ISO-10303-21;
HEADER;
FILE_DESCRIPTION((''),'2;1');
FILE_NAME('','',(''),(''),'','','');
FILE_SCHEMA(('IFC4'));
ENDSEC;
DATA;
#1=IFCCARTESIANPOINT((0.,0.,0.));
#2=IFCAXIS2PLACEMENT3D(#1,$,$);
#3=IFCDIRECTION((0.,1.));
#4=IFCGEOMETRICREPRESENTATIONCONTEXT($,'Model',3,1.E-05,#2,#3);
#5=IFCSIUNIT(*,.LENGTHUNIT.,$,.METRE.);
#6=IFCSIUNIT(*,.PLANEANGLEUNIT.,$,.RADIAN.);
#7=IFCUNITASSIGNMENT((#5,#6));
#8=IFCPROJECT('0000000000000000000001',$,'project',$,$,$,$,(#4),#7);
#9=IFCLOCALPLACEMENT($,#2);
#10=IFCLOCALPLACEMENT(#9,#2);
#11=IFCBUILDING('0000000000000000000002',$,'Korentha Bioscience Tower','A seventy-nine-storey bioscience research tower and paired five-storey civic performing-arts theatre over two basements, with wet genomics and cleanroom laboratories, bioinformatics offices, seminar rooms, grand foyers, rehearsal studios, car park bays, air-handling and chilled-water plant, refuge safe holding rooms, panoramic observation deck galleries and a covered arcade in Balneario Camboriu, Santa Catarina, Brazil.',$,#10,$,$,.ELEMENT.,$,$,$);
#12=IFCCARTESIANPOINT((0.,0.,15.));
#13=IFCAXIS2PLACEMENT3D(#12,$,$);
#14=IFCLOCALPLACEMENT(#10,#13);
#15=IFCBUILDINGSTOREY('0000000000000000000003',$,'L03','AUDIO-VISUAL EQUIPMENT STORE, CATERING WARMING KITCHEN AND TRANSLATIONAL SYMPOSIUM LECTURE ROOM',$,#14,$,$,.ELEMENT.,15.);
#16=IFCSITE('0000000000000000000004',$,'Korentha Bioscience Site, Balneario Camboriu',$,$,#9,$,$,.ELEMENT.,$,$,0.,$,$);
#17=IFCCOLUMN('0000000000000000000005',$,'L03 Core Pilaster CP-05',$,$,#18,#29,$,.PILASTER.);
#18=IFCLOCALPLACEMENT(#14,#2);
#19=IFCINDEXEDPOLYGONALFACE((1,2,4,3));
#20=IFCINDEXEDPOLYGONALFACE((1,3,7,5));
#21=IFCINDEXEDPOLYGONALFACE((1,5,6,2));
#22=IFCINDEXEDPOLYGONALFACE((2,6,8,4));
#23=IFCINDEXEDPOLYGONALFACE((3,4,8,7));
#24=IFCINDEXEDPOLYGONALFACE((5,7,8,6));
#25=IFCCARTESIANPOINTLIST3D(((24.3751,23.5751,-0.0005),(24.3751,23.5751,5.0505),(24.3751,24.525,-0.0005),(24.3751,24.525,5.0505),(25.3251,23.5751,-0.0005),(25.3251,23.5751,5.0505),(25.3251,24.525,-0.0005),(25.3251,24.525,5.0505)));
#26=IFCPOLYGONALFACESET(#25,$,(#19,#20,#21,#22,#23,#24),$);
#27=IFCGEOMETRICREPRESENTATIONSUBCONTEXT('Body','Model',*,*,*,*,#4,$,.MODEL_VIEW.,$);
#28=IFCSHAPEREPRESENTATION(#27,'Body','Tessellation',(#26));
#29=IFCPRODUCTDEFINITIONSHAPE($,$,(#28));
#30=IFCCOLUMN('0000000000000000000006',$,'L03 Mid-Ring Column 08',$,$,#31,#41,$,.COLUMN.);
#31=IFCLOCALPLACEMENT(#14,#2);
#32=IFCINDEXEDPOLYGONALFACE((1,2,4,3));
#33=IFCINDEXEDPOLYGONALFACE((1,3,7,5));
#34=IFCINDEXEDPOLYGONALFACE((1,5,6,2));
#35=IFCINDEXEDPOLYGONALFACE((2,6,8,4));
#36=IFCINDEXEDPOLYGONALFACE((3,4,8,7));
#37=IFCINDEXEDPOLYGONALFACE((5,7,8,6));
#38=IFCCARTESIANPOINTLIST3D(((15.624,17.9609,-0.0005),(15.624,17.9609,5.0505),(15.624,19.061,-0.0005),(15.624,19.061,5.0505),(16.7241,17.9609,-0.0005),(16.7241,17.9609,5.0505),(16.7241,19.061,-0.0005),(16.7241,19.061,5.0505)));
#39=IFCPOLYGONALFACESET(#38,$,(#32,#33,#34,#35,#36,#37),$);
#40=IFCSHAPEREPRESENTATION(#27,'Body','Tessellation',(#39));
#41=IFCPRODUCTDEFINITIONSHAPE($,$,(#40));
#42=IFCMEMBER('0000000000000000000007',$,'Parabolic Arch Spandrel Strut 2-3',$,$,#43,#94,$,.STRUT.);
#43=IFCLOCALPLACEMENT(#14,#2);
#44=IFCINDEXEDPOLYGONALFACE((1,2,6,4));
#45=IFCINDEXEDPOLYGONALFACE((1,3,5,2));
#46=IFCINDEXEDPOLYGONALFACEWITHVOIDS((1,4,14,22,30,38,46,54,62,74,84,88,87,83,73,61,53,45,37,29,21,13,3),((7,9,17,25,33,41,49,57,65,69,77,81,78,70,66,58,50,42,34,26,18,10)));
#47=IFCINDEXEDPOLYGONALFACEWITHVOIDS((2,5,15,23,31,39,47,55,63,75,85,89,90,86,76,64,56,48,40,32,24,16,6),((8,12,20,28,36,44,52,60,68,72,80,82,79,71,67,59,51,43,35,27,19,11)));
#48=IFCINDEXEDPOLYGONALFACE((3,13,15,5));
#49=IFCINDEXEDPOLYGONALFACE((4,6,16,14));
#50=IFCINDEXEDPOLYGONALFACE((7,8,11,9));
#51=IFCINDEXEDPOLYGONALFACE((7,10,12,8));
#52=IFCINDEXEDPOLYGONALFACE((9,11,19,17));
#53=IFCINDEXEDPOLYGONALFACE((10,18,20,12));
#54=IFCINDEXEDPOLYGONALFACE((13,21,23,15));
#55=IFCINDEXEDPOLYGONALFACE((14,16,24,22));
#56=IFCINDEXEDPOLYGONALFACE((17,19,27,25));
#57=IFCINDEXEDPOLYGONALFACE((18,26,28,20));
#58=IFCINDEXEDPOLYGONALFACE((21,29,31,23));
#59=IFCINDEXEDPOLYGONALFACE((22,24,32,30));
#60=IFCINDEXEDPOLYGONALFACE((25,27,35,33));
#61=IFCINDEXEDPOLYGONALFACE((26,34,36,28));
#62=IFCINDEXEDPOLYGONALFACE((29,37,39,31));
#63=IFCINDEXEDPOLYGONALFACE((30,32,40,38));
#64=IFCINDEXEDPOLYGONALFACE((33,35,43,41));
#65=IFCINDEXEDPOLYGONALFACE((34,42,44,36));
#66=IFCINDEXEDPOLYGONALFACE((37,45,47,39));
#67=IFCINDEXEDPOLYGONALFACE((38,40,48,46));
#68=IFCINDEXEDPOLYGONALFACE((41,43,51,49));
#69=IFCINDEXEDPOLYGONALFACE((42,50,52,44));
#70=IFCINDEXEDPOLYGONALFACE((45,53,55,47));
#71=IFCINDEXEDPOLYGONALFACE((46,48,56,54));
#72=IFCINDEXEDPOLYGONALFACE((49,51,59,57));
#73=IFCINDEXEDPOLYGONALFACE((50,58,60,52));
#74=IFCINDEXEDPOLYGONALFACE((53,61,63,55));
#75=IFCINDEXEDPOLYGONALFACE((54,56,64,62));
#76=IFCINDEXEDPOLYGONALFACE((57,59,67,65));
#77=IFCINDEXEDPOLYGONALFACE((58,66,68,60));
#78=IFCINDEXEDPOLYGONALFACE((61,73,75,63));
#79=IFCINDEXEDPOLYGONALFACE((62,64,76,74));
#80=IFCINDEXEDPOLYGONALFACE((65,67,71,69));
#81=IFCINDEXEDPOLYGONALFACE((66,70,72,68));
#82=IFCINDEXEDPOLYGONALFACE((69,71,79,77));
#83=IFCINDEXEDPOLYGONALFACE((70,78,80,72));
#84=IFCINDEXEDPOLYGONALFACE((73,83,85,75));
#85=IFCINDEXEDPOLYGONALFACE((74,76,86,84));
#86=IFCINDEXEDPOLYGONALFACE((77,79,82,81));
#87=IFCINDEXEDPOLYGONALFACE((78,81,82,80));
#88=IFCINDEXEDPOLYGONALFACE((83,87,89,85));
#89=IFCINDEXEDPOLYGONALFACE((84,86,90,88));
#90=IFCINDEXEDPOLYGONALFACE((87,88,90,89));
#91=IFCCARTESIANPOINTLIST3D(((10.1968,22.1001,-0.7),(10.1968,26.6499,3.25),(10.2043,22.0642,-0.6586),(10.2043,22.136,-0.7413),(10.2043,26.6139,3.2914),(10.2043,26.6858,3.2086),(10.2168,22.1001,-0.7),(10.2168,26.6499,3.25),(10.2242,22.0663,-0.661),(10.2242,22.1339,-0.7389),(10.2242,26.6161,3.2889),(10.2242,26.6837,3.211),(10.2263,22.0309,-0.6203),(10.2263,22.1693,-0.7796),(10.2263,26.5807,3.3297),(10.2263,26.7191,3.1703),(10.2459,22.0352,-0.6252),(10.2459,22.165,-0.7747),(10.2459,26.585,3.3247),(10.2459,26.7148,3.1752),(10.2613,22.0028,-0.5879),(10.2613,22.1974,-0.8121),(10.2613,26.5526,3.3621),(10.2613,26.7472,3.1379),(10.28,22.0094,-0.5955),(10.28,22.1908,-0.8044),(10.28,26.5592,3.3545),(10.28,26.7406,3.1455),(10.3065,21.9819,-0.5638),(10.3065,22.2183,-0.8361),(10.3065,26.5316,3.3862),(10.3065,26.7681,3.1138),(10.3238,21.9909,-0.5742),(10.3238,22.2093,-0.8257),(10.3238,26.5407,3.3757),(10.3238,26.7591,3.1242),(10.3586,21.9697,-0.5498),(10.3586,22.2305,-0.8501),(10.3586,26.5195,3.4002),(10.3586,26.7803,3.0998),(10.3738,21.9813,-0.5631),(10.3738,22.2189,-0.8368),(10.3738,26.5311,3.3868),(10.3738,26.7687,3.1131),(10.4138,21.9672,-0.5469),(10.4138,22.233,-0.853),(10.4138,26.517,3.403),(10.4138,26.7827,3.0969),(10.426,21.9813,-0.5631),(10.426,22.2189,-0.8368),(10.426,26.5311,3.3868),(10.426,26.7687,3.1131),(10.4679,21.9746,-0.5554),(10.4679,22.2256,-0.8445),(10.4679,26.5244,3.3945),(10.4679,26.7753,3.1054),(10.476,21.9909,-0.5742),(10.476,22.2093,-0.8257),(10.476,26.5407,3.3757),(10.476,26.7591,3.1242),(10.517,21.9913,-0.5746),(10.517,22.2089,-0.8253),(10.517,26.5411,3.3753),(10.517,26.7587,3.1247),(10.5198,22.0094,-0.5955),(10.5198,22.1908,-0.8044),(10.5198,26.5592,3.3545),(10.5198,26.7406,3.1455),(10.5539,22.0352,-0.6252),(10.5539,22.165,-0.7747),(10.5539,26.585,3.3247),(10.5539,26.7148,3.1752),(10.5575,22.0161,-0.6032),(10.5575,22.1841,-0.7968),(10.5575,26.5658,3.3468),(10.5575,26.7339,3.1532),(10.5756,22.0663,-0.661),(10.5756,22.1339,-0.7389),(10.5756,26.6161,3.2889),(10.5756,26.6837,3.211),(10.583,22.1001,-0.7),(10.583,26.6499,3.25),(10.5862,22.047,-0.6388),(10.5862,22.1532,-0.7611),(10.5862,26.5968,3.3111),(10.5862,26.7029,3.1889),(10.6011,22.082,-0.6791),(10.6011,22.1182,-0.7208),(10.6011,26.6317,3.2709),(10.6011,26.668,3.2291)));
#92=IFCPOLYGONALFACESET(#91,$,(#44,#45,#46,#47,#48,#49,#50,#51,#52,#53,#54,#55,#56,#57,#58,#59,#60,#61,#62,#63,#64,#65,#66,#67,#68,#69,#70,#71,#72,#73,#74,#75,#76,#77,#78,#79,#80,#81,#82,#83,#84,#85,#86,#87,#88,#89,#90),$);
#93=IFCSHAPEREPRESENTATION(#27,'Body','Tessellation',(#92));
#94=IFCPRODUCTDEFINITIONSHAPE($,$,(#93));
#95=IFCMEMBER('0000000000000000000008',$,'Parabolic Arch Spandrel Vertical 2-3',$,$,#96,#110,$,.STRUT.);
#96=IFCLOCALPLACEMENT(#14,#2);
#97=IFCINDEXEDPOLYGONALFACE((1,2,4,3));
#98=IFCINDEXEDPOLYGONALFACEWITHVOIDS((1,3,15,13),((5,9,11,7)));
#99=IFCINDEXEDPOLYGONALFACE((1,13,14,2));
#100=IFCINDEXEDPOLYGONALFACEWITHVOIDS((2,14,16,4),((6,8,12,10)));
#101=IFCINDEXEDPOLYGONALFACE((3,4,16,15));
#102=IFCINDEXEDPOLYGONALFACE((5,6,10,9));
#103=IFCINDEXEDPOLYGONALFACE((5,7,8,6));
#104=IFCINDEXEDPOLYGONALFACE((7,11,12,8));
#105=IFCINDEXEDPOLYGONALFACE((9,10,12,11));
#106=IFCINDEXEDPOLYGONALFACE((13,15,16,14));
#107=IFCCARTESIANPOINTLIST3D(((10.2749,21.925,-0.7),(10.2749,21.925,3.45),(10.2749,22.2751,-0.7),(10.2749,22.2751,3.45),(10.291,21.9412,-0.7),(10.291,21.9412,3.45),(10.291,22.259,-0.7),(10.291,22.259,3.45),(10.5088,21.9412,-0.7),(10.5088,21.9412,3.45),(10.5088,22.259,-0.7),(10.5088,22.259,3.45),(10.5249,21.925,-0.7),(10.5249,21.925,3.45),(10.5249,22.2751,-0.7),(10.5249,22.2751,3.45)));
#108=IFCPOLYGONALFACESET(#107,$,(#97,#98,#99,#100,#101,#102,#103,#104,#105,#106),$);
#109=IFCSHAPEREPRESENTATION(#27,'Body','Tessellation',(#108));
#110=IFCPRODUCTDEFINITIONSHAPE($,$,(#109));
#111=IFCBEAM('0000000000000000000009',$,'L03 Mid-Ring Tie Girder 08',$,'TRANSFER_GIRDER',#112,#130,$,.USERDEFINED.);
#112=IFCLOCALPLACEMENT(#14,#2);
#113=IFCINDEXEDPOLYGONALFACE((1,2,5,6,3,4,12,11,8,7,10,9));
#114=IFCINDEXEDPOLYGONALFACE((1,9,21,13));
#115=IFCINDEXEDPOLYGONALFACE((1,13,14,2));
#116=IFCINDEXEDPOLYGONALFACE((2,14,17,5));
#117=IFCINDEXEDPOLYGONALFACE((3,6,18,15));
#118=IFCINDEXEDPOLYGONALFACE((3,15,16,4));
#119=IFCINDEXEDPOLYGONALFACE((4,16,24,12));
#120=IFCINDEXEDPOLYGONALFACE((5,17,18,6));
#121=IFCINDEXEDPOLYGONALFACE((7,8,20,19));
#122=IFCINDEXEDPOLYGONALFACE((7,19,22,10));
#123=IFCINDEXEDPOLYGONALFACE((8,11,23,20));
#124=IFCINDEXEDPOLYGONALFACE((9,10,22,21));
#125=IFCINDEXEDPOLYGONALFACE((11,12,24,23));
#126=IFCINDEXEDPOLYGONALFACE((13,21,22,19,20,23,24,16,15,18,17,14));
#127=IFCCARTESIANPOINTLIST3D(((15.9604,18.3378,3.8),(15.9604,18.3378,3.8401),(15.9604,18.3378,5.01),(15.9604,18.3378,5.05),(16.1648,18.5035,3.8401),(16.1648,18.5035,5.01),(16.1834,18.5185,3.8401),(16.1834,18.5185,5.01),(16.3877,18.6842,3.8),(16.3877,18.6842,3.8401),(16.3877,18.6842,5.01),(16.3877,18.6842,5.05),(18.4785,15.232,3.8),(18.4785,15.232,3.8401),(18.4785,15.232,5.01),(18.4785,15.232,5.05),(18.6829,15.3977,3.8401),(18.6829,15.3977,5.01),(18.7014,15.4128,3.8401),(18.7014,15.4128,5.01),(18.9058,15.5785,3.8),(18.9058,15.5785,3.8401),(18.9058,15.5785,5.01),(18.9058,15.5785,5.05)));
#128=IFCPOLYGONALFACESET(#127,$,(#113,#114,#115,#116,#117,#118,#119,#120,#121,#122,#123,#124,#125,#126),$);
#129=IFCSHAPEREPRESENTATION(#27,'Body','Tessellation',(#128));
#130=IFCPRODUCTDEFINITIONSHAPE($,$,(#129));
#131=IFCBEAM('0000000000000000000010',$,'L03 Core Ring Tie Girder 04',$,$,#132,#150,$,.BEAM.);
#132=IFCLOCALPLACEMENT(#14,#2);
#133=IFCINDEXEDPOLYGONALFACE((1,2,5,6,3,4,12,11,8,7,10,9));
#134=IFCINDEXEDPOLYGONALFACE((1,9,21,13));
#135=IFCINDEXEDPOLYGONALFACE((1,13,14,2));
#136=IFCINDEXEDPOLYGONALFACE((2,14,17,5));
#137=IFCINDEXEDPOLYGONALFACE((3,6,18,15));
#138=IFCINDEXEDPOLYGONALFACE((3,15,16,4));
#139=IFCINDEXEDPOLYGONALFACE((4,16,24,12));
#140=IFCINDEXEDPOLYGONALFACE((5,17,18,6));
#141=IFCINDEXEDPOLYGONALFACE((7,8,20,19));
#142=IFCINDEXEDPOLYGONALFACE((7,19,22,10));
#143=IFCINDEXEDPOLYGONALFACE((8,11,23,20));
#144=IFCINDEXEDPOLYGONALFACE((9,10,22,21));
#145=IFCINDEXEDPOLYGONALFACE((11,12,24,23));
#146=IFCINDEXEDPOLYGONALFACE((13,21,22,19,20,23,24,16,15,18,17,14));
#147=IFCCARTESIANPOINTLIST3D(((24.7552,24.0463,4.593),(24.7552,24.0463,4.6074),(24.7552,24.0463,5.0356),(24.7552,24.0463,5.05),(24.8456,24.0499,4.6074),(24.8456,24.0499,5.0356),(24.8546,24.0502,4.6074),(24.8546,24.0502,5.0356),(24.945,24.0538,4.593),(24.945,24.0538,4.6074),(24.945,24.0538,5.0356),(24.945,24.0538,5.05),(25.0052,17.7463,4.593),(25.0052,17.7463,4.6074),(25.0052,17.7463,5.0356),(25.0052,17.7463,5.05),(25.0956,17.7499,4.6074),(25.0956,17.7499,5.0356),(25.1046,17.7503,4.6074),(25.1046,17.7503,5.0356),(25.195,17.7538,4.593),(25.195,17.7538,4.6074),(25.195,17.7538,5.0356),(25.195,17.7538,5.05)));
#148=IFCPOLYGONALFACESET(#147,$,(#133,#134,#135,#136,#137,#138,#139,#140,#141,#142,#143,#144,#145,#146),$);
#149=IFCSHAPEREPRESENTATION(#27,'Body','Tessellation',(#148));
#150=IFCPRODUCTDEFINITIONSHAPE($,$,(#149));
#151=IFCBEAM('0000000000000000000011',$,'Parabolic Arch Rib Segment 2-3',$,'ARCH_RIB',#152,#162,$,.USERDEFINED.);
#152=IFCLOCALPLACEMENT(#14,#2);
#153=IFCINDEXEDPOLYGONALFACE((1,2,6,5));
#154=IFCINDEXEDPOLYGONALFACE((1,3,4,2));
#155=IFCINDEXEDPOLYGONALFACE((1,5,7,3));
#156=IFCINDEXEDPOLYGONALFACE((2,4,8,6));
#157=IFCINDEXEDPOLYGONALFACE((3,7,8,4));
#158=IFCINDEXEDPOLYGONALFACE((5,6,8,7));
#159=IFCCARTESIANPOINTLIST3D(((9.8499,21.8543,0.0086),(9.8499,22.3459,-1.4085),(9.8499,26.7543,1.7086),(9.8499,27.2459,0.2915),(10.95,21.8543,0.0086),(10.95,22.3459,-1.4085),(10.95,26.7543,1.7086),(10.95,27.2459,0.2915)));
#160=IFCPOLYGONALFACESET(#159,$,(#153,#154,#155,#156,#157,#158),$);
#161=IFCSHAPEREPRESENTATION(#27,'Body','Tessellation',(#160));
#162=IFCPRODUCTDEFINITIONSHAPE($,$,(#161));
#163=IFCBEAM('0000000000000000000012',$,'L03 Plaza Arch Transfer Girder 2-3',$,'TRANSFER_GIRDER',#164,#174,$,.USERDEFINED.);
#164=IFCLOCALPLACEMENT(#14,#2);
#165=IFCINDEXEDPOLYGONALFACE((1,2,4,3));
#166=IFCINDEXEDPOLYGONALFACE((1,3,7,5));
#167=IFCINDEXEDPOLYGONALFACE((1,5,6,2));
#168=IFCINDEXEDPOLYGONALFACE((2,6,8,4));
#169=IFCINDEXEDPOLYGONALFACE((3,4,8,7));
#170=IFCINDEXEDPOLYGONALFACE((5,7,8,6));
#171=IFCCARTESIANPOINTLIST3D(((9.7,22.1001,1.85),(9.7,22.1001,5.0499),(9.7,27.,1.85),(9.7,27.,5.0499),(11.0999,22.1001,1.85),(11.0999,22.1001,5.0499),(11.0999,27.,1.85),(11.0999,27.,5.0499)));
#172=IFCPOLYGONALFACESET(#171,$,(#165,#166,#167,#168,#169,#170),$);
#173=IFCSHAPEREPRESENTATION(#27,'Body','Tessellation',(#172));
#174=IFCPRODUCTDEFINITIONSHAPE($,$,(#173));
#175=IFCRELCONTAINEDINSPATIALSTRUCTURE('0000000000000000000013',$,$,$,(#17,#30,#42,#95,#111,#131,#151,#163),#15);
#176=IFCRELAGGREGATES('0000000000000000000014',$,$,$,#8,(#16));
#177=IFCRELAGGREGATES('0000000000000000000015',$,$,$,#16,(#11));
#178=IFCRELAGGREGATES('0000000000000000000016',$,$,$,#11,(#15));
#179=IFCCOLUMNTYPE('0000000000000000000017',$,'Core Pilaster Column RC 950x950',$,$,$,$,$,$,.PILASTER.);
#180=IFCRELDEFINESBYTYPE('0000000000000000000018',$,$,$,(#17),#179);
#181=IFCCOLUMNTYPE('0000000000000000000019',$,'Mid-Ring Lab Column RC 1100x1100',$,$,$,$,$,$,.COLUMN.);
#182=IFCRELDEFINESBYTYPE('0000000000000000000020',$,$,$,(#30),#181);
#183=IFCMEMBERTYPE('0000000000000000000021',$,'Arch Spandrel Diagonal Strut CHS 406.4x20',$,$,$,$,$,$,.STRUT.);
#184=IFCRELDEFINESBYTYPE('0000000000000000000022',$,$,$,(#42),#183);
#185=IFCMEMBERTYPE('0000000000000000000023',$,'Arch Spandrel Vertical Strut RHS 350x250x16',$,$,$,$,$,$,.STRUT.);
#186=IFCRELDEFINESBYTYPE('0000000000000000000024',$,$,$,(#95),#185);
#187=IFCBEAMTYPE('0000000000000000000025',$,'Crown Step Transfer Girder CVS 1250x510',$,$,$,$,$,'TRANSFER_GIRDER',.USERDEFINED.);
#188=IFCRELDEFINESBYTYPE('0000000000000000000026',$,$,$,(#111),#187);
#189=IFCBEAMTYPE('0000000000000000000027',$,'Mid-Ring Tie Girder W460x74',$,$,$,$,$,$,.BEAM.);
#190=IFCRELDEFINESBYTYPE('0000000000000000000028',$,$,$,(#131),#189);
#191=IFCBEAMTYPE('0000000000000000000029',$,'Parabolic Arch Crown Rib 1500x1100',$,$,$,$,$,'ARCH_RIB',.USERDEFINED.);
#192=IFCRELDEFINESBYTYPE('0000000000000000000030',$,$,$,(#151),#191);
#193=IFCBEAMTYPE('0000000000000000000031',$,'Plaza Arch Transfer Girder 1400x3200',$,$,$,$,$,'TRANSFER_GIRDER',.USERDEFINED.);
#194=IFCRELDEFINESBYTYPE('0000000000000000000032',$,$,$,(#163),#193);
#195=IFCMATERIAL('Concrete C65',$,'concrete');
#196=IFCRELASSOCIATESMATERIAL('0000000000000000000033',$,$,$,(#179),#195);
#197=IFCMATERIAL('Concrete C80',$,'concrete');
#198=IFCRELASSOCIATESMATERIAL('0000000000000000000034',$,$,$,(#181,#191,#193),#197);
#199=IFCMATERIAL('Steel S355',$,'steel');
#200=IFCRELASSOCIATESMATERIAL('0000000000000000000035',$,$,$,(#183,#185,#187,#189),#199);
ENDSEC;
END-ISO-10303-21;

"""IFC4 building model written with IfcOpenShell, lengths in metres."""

from ifc_helpers import new_model, si_unit, direction, frame, origin, origin_2d, place, context, subcontext, project, spatial, rectangle, hollow_rectangle, hollow_circle, i_section, extrude, material, material_profile, profile_set, type_object, element, save


model = new_model("IFC4")

# Units and contexts
model_context = context("Model", 3, precision=1e-05, world=origin(), true_north=direction((0.0, 1.0)))
body_context = subcontext(model_context, "Body", "Model", "MODEL_VIEW")
ifc_project = project(units=[si_unit("LENGTHUNIT", "METRE"), si_unit("PLANEANGLEUNIT", "RADIAN")], contexts=[model_context])

# Site, building, storey
site_placement = place(None, origin())
site = spatial("IfcSite", under=ifc_project, at=site_placement, Name="Korentha Bioscience Site, Balneario Camboriu", CompositionType="ELEMENT", RefElevation=0.0)
building_placement = place(site_placement, origin())
building = spatial("IfcBuilding", under=site, at=building_placement, Name="Korentha Bioscience Tower", Description="A seventy-nine-storey bioscience research tower and paired five-storey civic performing-arts theatre over two basements, with wet genomics and cleanroom laboratories, bioinformatics offices, seminar rooms, grand foyers, rehearsal studios, car park bays, air-handling and chilled-water plant, refuge safe holding rooms, panoramic observation deck galleries and a covered arcade in Balneario Camboriu, Santa Catarina, Brazil.", CompositionType="ELEMENT")
storey_placement = place(building_placement, frame((0.0, 0.0, 15.0)))
storey = spatial("IfcBuildingStorey", under=building, at=storey_placement, Name="L03", Description="AUDIO-VISUAL EQUIPMENT STORE, CATERING WARMING KITCHEN AND TRANSLATIONAL SYMPOSIUM LECTURE ROOM", CompositionType="ELEMENT", Elevation=15.0)

# Columns
ifc_material_1 = material(Name="Concrete C65", Category="concrete")
ifc_material_profile_1 = material_profile(ifc_material_1, rectangle(XDim=0.95, YDim=0.95, at=origin_2d()), Name="Concrete C65")
ifc_profile_set_1 = profile_set([ifc_material_profile_1], Name="Concrete C65 (COL-CP09)")
column_type_1 = type_object("IfcColumnType", Name="Core Pilaster Column RC 950x950", PredefinedType="PILASTER", material=ifc_profile_set_1)
column_1_placement = place(storey_placement, frame((24.8501, 24.05, -0.0005), z_axis=(0.0, 0.0, 1.0), x_axis=(1.0, 0.0, 0.0)))
element("IfcColumn", 1, at=column_1_placement, inside=storey, type_object=column_type_1, Name="L03 Core Pilaster CP-05", PredefinedType="PILASTER", context=body_context, shape_type="SweptSolid", body=[
    extrude(rectangle(XDim=0.95, YDim=0.95, at=origin_2d()), origin(), (0.0, 0.0, 1.0), 5.051),
])
ifc_material_2 = material(Name="Concrete C80", Category="concrete")
ifc_material_profile_2 = material_profile(ifc_material_2, rectangle(XDim=1.1001, YDim=1.1001, at=origin_2d()), Name="Concrete C80")
ifc_profile_set_2 = profile_set([ifc_material_profile_2], Name="Concrete C80 (COL-MR11)")
column_type_2 = type_object("IfcColumnType", Name="Mid-Ring Lab Column RC 1100x1100", PredefinedType="COLUMN", material=ifc_profile_set_2)
column_2_placement = place(storey_placement, frame((16.1741, 18.511, -0.0005), z_axis=(0.0, 0.0, 1.0), x_axis=(1.0, 0.0, 0.0)))
element("IfcColumn", 2, at=column_2_placement, inside=storey, type_object=column_type_2, Name="L03 Mid-Ring Column 08", PredefinedType="COLUMN", context=body_context, shape_type="SweptSolid", body=[
    extrude(rectangle(XDim=1.1001, YDim=1.1001, at=origin_2d()), origin(), (0.0, 0.0, 1.0), 5.051),
])

# Members
ifc_material_3 = material(Name="Steel S355", Category="steel")
ifc_material_profile_3 = material_profile(ifc_material_3, hollow_circle(Radius=0.2031, WallThickness=0.02, at=origin_2d()), Name="Steel S355")
ifc_profile_set_3 = profile_set([ifc_material_profile_3], Name="Steel S355 (AR-ST406)")
member_type_1 = type_object("IfcMemberType", Name="Arch Spandrel Diagonal Strut CHS 406.4x20", PredefinedType="STRUT", material=ifc_profile_set_3)
member_1_placement = place(storey_placement, frame((10.3999, 22.1001, -0.7), z_axis=(0.0, 0.755131, 0.655574), x_axis=(-1.0, 0.0, 0.0)))
element("IfcMember", 3, at=member_1_placement, inside=storey, type_object=member_type_1, Name="Parabolic Arch Spandrel Strut 2-3", PredefinedType="STRUT", context=body_context, shape_type="SweptSolid", body=[
    extrude(hollow_circle(Radius=0.2031, WallThickness=0.02, at=origin_2d()), origin(), (0.0, 0.0, 1.0), 6.0251),
])
ifc_material_profile_4 = material_profile(ifc_material_3, hollow_rectangle(XDim=0.25, YDim=0.3501, WallThickness=0.0161, at=origin_2d()), Name="Steel S355")
ifc_profile_set_4 = profile_set([ifc_material_profile_4], Name="Steel S355 (BT-P350)")
member_type_2 = type_object("IfcMemberType", Name="Arch Spandrel Vertical Strut RHS 350x250x16", PredefinedType="STRUT", material=ifc_profile_set_4)
member_2_placement = place(storey_placement, frame((10.3999, 22.1001, -0.7), z_axis=(0.0, 0.0, 1.0), x_axis=(1.0, 0.0, 0.0)))
element("IfcMember", 4, at=member_2_placement, inside=storey, type_object=member_type_2, Name="Parabolic Arch Spandrel Vertical 2-3", PredefinedType="STRUT", context=body_context, shape_type="SweptSolid", body=[
    extrude(hollow_rectangle(XDim=0.25, YDim=0.3501, WallThickness=0.0161, at=origin_2d()), origin(), (0.0, 0.0, 1.0), 4.1499),
])

# Beams
ifc_material_profile_5 = material_profile(ifc_material_3, i_section(OverallWidth=0.55, OverallDepth=1.25, WebThickness=0.0239, FlangeThickness=0.04, at=origin_2d()), Name="Steel S355")
ifc_profile_set_5 = profile_set([ifc_material_profile_5], Name="Steel S355 (TG-03)")
beam_type_1 = type_object("IfcBeamType", Name="Crown Step Transfer Girder CVS 1250x510", ElementType="TRANSFER_GIRDER", PredefinedType="USERDEFINED", material=ifc_profile_set_5)
beam_1_placement = place(storey_placement, frame((16.1741, 18.511, 4.425), z_axis=(0.62979, -0.776765, 0.0), x_axis=(0.776765, 0.62979, 0.0)))
element("IfcBeam", 5, at=beam_1_placement, inside=storey, type_object=beam_type_1, Name="L03 Mid-Ring Tie Girder 08", ObjectType="TRANSFER_GIRDER", PredefinedType="USERDEFINED", context=body_context, shape_type="SweptSolid", body=[
    extrude(i_section(OverallWidth=0.55, OverallDepth=1.25, WebThickness=0.0239, FlangeThickness=0.04, at=origin_2d()), origin(), (0.0, 0.0, 1.0), 3.9983),
])
ifc_material_profile_6 = material_profile(ifc_material_3, i_section(OverallWidth=0.1899, OverallDepth=0.457, WebThickness=0.009, FlangeThickness=0.0144, at=origin_2d()), Name="Steel S355")
ifc_profile_set_6 = profile_set([ifc_material_profile_6], Name="Steel S355 (MB-460)")
beam_type_2 = type_object("IfcBeamType", Name="Mid-Ring Tie Girder W460x74", PredefinedType="BEAM", material=ifc_profile_set_6)
beam_2_placement = place(storey_placement, frame((24.8501, 24.05, 4.8215), z_axis=(0.039651, -0.999214, 0.0), x_axis=(0.999214, 0.039651, 0.0)))
element("IfcBeam", 6, at=beam_2_placement, inside=storey, type_object=beam_type_2, Name="L03 Core Ring Tie Girder 04", PredefinedType="BEAM", context=body_context, shape_type="SweptSolid", body=[
    extrude(i_section(OverallWidth=0.1899, OverallDepth=0.457, WebThickness=0.009, FlangeThickness=0.0144, at=origin_2d()), origin(), (0.0, 0.0, 1.0), 6.3049),
])
ifc_material_profile_7 = material_profile(ifc_material_2, rectangle(XDim=1.1001, YDim=1.5, at=origin_2d()), Name="Concrete C80")
ifc_profile_set_7 = profile_set([ifc_material_profile_7], Name="Concrete C80 (AR-B2)")
beam_type_3 = type_object("IfcBeamType", Name="Parabolic Arch Crown Rib 1500x1100", ElementType="ARCH_RIB", PredefinedType="USERDEFINED", material=ifc_profile_set_7)
beam_3_placement = place(storey_placement, frame((10.3999, 22.1001, -0.7), z_axis=(0.0, 0.944758, 0.32777), x_axis=(-1.0, 0.0, 0.0)))
element("IfcBeam", 7, at=beam_3_placement, inside=storey, type_object=beam_type_3, Name="Parabolic Arch Rib Segment 2-3", ObjectType="ARCH_RIB", PredefinedType="USERDEFINED", context=body_context, shape_type="SweptSolid", body=[
    extrude(rectangle(XDim=1.1001, YDim=1.5, at=origin_2d()), origin(), (0.0, 0.0, 1.0), 5.1865),
])
ifc_material_profile_8 = material_profile(ifc_material_2, rectangle(XDim=1.3999, YDim=3.2, at=origin_2d()), Name="Concrete C80")
ifc_profile_set_8 = profile_set([ifc_material_profile_8], Name="Concrete C80 (TG-01)")
beam_type_4 = type_object("IfcBeamType", Name="Plaza Arch Transfer Girder 1400x3200", ElementType="TRANSFER_GIRDER", PredefinedType="USERDEFINED", material=ifc_profile_set_8)
beam_4_placement = place(storey_placement, frame((10.3999, 22.1001, 3.45), z_axis=(0.0, 1.0, 0.0), x_axis=(-1.0, 0.0, 0.0)))
element("IfcBeam", 8, at=beam_4_placement, inside=storey, type_object=beam_type_4, Name="L03 Plaza Arch Transfer Girder 2-3", ObjectType="TRANSFER_GIRDER", PredefinedType="USERDEFINED", context=body_context, shape_type="SweptSolid", body=[
    extrude(rectangle(XDim=1.3999, YDim=3.2, at=origin_2d()), origin(), (0.0, 0.0, 1.0), 4.8999),
])

save(model, "model.ifc")
